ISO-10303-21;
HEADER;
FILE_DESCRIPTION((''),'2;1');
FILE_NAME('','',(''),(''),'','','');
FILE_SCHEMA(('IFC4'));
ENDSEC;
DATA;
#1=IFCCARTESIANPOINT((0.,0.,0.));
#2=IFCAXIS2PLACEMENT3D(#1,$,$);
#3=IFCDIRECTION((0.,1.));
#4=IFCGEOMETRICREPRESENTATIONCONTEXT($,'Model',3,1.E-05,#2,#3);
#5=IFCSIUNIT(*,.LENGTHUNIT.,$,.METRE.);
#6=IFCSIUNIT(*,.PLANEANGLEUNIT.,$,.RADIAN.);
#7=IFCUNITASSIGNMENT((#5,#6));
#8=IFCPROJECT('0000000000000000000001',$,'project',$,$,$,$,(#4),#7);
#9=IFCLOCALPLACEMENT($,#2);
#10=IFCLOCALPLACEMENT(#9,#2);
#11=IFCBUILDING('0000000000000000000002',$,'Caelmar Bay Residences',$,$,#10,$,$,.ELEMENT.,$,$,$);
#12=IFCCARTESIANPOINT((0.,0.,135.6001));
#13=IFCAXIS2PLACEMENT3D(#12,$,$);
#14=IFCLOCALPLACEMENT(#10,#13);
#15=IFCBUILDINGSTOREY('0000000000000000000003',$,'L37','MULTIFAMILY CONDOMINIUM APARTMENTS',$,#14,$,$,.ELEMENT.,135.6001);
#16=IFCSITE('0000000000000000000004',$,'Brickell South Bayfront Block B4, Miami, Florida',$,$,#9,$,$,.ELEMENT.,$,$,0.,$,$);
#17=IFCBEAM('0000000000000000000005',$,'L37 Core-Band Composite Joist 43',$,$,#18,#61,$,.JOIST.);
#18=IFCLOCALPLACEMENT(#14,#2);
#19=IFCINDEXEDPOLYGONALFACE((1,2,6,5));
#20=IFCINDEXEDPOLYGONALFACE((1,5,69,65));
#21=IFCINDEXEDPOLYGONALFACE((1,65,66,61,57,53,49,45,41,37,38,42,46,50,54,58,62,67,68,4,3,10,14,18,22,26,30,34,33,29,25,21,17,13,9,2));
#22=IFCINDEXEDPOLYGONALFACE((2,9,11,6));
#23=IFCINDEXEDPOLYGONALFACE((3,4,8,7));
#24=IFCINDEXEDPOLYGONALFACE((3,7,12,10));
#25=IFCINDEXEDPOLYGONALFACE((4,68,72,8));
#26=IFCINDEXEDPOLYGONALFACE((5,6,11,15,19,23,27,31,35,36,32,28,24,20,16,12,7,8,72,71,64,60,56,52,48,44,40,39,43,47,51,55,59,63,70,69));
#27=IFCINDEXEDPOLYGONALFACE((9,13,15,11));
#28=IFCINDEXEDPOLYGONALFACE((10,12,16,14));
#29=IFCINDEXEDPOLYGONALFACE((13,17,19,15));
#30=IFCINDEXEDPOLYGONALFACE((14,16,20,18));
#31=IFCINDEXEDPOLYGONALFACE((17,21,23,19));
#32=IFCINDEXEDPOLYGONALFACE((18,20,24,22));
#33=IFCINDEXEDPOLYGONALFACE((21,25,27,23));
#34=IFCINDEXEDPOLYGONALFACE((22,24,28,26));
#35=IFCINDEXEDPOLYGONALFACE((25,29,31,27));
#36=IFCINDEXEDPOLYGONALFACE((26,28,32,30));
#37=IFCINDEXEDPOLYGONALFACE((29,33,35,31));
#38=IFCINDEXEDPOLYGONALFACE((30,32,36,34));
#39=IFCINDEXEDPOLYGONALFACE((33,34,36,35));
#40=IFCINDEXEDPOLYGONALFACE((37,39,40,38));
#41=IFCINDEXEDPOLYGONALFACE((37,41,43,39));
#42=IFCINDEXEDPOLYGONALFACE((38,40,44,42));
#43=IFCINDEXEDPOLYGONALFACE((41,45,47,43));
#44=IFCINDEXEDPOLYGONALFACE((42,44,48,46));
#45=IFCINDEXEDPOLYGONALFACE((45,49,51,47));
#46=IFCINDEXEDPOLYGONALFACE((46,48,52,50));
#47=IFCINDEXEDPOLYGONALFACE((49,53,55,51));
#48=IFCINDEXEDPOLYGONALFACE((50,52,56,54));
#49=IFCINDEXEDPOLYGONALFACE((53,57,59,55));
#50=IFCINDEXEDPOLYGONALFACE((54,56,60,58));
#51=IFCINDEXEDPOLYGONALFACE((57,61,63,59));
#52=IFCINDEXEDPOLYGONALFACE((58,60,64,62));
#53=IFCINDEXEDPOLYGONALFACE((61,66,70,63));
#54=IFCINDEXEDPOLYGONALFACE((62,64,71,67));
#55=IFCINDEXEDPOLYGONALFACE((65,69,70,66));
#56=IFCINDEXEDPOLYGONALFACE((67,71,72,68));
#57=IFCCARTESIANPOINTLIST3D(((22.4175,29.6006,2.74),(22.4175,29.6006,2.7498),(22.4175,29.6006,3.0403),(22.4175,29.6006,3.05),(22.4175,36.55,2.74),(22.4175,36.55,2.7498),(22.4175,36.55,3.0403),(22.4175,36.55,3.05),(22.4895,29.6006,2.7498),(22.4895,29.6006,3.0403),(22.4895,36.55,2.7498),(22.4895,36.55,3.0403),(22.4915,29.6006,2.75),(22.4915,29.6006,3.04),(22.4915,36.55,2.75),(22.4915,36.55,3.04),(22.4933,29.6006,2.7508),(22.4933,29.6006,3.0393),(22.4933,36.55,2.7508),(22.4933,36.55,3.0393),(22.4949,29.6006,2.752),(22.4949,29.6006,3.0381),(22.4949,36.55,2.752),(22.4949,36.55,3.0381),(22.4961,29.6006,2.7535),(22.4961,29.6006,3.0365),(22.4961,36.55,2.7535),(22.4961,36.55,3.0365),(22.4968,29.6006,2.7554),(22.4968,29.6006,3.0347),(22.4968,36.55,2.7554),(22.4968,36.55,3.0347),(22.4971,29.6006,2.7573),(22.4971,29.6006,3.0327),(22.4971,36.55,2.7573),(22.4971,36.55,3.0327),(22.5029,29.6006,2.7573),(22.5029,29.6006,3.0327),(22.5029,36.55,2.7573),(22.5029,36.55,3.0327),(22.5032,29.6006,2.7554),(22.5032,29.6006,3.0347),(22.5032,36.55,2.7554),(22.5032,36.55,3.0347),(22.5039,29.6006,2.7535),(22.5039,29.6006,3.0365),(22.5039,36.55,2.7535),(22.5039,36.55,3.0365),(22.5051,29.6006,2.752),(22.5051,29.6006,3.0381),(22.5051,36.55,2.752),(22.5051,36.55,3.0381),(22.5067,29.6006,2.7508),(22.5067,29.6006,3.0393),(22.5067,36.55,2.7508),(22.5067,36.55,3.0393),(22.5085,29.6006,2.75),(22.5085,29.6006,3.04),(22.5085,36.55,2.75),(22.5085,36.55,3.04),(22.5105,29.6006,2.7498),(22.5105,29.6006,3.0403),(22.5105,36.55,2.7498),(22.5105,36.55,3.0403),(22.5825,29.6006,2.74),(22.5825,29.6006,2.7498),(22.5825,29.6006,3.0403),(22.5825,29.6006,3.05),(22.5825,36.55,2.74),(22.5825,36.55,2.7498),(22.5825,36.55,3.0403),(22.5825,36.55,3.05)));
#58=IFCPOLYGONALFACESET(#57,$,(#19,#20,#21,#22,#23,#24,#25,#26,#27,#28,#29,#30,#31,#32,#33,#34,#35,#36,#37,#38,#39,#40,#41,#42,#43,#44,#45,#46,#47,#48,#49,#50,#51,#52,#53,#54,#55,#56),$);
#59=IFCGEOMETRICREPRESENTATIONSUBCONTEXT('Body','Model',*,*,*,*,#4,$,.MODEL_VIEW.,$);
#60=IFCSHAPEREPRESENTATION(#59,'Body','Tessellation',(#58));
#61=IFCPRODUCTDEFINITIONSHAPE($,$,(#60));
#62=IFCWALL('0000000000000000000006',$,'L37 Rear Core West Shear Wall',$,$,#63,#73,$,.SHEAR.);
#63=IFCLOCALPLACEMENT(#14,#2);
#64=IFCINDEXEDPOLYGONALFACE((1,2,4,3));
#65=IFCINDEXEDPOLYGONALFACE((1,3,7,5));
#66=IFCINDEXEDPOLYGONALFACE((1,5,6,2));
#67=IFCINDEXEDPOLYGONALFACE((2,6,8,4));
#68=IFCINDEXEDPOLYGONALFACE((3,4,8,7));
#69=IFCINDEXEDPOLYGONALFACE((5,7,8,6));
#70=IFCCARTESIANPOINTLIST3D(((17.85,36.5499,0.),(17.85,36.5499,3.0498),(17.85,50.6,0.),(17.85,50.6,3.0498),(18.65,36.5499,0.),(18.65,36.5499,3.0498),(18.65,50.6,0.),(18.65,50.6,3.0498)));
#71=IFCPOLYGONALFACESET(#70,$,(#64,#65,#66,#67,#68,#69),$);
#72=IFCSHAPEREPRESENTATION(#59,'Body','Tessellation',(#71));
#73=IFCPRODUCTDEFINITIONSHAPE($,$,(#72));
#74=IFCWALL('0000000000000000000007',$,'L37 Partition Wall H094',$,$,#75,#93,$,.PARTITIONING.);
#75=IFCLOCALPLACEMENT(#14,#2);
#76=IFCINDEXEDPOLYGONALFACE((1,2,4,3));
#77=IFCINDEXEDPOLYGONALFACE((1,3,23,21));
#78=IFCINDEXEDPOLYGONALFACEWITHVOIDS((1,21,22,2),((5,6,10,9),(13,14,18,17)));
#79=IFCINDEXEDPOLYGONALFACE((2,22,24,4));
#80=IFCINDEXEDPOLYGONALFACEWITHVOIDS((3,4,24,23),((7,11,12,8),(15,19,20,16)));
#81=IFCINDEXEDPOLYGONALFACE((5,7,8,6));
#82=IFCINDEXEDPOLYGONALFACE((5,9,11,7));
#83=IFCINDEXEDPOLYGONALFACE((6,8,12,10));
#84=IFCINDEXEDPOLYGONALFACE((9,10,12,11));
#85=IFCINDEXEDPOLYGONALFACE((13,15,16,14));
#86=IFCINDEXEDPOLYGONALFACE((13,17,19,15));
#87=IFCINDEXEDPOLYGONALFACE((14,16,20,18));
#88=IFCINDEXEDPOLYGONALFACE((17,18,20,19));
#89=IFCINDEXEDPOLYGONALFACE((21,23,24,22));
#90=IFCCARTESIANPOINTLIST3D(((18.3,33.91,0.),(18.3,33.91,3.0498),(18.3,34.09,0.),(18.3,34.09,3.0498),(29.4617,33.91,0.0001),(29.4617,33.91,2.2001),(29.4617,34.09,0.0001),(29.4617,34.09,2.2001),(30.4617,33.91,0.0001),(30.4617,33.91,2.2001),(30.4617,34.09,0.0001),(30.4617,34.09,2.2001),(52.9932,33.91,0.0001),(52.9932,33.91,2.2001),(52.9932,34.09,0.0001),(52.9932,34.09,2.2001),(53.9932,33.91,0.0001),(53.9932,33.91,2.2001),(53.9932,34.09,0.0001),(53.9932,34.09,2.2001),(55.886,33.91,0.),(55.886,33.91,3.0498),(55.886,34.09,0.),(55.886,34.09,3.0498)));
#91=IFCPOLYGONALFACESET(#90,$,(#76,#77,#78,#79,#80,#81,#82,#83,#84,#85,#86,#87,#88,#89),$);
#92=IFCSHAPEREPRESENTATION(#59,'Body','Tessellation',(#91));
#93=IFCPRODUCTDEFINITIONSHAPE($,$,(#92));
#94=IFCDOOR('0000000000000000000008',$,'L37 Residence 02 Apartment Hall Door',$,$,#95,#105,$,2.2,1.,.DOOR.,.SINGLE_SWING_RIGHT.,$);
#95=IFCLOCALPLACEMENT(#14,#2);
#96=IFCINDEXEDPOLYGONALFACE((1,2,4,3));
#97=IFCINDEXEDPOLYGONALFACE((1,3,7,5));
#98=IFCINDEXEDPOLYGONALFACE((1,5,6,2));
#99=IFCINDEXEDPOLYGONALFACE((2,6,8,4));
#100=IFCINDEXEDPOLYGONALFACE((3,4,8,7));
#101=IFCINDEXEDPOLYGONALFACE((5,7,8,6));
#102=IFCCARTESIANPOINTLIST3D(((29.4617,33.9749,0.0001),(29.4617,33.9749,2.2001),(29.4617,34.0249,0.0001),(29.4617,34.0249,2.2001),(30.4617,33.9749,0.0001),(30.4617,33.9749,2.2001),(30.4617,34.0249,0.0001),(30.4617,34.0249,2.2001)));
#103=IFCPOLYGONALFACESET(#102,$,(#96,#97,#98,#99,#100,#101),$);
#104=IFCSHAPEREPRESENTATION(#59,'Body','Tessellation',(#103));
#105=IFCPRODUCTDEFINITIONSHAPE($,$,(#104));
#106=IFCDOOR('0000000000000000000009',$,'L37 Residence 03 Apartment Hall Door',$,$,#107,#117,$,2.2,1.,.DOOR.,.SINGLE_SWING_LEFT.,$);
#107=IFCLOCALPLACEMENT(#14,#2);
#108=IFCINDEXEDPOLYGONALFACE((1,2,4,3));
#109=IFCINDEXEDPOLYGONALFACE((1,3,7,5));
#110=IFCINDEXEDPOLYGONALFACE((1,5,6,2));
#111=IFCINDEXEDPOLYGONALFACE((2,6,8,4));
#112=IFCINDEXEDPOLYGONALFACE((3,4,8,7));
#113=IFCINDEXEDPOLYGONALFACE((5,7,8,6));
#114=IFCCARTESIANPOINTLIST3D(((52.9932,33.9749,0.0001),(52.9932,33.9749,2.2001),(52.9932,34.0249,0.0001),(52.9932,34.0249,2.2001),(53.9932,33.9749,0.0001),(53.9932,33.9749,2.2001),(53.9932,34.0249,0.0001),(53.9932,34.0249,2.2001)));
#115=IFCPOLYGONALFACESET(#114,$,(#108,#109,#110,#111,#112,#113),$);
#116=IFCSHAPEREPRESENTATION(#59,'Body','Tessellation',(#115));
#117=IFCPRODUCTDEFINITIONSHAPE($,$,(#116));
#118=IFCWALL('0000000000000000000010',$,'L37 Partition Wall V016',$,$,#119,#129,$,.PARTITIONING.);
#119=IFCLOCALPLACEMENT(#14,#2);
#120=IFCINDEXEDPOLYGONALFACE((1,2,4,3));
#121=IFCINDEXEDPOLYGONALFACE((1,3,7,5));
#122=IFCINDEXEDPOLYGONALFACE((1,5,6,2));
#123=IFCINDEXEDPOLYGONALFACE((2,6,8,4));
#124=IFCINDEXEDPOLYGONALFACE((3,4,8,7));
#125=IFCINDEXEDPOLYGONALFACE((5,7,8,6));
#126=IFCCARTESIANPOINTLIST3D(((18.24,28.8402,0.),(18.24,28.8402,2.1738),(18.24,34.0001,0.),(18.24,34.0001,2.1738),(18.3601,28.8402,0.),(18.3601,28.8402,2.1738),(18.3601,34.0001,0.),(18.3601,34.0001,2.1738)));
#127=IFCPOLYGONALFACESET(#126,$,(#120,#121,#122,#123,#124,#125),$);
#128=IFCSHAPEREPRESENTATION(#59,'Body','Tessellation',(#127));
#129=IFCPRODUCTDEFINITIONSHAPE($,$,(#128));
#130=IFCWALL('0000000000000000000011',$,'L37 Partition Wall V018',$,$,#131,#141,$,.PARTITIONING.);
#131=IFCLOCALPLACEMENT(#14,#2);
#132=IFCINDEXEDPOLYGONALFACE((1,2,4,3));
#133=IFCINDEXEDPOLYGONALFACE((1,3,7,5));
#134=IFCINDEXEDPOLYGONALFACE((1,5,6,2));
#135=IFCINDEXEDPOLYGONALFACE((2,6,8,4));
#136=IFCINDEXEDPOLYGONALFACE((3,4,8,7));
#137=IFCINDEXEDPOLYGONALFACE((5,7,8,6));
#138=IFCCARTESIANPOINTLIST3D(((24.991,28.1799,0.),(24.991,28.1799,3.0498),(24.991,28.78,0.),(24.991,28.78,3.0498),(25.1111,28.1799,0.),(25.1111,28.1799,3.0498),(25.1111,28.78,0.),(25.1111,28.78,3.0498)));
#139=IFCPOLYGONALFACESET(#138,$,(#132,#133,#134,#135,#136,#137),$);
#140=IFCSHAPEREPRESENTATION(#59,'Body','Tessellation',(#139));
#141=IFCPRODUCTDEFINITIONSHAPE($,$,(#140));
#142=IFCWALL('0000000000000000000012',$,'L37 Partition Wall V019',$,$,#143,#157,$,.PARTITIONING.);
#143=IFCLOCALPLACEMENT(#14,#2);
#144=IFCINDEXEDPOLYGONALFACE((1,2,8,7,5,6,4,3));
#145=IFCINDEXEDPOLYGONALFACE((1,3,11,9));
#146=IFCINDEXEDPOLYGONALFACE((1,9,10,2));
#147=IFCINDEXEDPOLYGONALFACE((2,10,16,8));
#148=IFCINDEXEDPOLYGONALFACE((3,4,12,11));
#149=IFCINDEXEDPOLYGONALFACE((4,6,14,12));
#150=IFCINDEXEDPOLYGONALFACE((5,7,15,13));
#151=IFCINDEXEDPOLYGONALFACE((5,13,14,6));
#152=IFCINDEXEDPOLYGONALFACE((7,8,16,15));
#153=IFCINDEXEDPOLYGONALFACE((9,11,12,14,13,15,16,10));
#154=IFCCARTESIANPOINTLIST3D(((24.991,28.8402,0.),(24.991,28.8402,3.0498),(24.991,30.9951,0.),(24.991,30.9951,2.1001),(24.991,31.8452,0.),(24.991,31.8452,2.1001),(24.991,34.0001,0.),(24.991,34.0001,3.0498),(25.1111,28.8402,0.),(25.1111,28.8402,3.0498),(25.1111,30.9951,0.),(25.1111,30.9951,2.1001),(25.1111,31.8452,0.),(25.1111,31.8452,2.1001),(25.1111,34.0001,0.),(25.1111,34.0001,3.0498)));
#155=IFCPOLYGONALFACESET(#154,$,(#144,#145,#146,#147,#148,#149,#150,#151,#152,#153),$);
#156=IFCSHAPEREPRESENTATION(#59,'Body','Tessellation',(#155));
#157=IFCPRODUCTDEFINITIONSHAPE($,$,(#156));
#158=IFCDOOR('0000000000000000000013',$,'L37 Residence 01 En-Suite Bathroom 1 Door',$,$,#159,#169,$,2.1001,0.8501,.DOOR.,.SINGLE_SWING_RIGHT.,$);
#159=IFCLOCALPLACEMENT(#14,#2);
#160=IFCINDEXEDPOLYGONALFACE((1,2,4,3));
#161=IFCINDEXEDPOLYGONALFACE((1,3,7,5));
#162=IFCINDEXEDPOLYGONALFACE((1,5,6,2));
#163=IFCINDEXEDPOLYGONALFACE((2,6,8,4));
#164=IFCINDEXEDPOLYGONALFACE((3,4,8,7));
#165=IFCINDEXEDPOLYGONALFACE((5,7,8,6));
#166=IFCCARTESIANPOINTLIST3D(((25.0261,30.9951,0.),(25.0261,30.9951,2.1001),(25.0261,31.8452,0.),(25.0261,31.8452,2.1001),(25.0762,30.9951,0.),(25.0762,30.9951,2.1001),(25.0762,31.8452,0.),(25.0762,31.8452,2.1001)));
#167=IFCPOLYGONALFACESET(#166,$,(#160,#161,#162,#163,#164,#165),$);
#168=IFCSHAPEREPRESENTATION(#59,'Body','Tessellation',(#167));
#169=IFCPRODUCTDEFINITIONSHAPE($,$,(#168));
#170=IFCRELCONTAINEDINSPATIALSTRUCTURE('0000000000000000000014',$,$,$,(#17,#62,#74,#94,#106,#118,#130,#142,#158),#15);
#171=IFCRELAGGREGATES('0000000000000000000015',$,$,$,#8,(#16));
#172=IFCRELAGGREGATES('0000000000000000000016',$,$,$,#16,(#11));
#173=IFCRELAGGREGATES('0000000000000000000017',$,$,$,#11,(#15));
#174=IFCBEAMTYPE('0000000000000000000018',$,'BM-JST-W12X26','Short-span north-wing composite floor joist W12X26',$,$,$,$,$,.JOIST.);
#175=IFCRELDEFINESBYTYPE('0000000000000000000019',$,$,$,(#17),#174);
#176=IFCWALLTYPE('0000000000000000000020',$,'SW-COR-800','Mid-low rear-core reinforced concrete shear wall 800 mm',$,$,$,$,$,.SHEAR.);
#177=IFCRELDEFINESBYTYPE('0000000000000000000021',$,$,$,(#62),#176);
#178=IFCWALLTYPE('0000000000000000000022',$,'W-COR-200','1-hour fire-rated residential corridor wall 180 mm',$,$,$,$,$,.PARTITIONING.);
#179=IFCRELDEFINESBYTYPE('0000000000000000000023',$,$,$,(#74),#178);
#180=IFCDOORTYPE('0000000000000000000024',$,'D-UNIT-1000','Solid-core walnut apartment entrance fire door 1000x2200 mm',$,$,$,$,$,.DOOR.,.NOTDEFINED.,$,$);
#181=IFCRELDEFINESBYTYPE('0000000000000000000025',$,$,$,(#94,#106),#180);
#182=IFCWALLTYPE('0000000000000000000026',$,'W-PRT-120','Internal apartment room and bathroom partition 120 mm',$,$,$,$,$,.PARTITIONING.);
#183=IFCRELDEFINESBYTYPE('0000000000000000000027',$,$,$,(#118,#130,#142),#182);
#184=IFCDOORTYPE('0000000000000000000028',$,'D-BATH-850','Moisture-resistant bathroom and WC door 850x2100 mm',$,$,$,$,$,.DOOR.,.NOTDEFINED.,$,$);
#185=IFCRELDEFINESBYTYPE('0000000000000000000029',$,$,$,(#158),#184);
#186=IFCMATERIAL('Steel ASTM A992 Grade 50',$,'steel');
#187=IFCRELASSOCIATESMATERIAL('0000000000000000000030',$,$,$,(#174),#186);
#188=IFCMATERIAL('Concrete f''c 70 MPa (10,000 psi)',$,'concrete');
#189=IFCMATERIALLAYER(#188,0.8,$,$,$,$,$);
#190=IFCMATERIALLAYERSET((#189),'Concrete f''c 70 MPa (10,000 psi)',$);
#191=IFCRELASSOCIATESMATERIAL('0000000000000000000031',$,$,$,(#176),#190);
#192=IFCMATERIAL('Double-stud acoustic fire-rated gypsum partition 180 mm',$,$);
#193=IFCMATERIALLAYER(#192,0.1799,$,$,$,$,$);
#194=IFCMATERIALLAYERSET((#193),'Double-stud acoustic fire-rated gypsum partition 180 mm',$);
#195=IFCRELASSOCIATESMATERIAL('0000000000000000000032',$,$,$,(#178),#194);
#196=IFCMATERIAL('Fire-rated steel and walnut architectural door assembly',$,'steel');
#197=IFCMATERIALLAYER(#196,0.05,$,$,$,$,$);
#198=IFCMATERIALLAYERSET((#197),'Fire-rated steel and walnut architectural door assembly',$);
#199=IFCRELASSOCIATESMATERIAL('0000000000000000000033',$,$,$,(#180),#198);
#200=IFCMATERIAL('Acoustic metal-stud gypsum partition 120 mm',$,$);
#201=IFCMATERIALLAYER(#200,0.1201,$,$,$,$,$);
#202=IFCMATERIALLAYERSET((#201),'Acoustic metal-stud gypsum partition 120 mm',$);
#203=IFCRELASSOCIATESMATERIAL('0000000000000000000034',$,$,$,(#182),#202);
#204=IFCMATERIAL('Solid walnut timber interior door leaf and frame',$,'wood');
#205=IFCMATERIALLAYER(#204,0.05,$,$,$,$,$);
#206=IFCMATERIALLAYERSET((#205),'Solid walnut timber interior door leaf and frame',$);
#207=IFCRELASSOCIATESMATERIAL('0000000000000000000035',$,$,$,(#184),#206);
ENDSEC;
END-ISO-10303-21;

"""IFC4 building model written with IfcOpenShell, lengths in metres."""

from ifc_helpers import new_model, si_unit, direction, frame, frame_2d, origin, origin_2d, place, context, subcontext, project, spatial, rectangle, i_section, extrude, material, layer, layer_set, material_profile, profile_set, type_object, element, fill, save


model = new_model("IFC4")

# Units and contexts
model_context = context("Model", 3, precision=1e-05, world=origin(), true_north=direction((0.0, 1.0)))
body_context = subcontext(model_context, "Body", "Model", "MODEL_VIEW")
ifc_project = project(units=[si_unit("LENGTHUNIT", "METRE"), si_unit("PLANEANGLEUNIT", "RADIAN")], contexts=[model_context])

# Site, building, storey
site_placement = place(None, origin())
site = spatial("IfcSite", under=ifc_project, at=site_placement, Name="Brickell South Bayfront Block B4, Miami, Florida", CompositionType="ELEMENT", RefElevation=0.0)
building_placement = place(site_placement, origin())
building = spatial("IfcBuilding", under=site, at=building_placement, Name="Caelmar Bay Residences", CompositionType="ELEMENT")
storey_placement = place(building_placement, frame((0.0, 0.0, 135.6001)))
storey = spatial("IfcBuildingStorey", under=building, at=storey_placement, Name="L37", Description="MULTIFAMILY CONDOMINIUM APARTMENTS", CompositionType="ELEMENT", Elevation=135.6001)

# Shared definitions
ifc_material_1 = material(Name="Concrete f'c 70 MPa (10,000 psi)", Category="concrete")

# Beam
ifc_material_2 = material(Name="Steel ASTM A992 Grade 50", Category="steel")
ifc_material_profile_1 = material_profile(ifc_material_2, i_section(OverallWidth=0.165, OverallDepth=0.3101, WebThickness=0.0059, FlangeThickness=0.0098, FilletRadius=0.0076, at=origin_2d()), Name="W12X26")
ifc_profile_set_1 = profile_set([ifc_material_profile_1], Name="Steel ASTM A992 Grade 50")
beam_type_1 = type_object("IfcBeamType", Name="BM-JST-W12X26", Description="Short-span north-wing composite floor joist W12X26", PredefinedType="JOIST", material=ifc_profile_set_1)
beam_1_placement = place(storey_placement, frame((22.5, 29.6006, 2.895), z_axis=(0.0, 1.0, 0.0), x_axis=(-1.0, 0.0, 0.0)))
element("IfcBeam", 1, at=beam_1_placement, inside=storey, type_object=beam_type_1, Name="L37 Core-Band Composite Joist 43", PredefinedType="JOIST", context=body_context, shape_type="SweptSolid", body=[
    extrude(i_section(OverallWidth=0.165, OverallDepth=0.3101, WebThickness=0.0059, FlangeThickness=0.0098, FilletRadius=0.0076, at=origin_2d()), origin(), (0.0, 0.0, 1.0), 6.9495),
])

# Shared definitions
ifc_layer_1 = layer(ifc_material_1, 0.8)
ifc_layer_set_1 = layer_set([ifc_layer_1], Name="Concrete f'c 70 MPa (10,000 psi)")
wall_type_1 = type_object("IfcWallType", Name="SW-COR-800", Description="Mid-low rear-core reinforced concrete shear wall 800 mm", PredefinedType="SHEAR", material=ifc_layer_set_1)
ifc_material_3 = material(Name="Fire-rated steel and walnut architectural door assembly", Category="steel")

# Wall
wall_1_placement = place(storey_placement, frame((18.25, 36.55, 0.0), z_axis=(0.0, 0.0, 1.0), x_axis=(0.0, 1.0, 0.0)))
element("IfcWall", 2, at=wall_1_placement, inside=storey, type_object=wall_type_1, Name="L37 Rear Core West Shear Wall", PredefinedType="SHEAR", context=body_context, shape_type="SweptSolid", body=[
    extrude(rectangle(XDim=14.05, YDim=0.8, at=frame_2d((7.0249, 0.0))), origin(), (0.0, 0.0, 1.0), 3.0498),
])

# Wall, openings, doors
ifc_material_4 = material(Name="Double-stud acoustic fire-rated gypsum partition 180 mm")
ifc_layer_2 = layer(ifc_material_4, 0.1799)
ifc_layer_set_2 = layer_set([ifc_layer_2], Name="Double-stud acoustic fire-rated gypsum partition 180 mm")
wall_type_2 = type_object("IfcWallType", Name="W-COR-200", Description="1-hour fire-rated residential corridor wall 180 mm", PredefinedType="PARTITIONING", material=ifc_layer_set_2)
wall_2_placement = place(storey_placement, frame((18.3, 34.0, 0.0), z_axis=(0.0, 0.0, 1.0), x_axis=(1.0, 0.0, 0.0)))
wall_2 = element("IfcWall", 3, at=wall_2_placement, inside=storey, type_object=wall_type_2, Name="L37 Partition Wall H094", PredefinedType="PARTITIONING", context=body_context, shape_type="SweptSolid", body=[
    extrude(rectangle(XDim=37.5859, YDim=0.1799, at=frame_2d((18.793, 0.0))), origin(), (0.0, 0.0, 1.0), 3.0498),
])
opening_1_placement = place(wall_2_placement, frame((11.1616, 0.0, 0.0)))
opening_1 = element("IfcOpeningElement", 4, at=opening_1_placement, cuts=wall_2, PredefinedType="OPENING", context=body_context, shape_type="SweptSolid", body=[
    extrude(rectangle(XDim=1.0, YDim=2.2, at=frame_2d((0.5, 1.1001))), frame((0.0, 0.0999, 0.0), z_axis=(0.0, -1.0, 0.0), x_axis=(1.0, 0.0, 0.0)), (0.0, 0.0, 1.0), 0.2),
])
opening_2_placement = place(wall_2_placement, frame((34.6931, 0.0, 0.0)))
opening_2 = element("IfcOpeningElement", 5, at=opening_2_placement, cuts=wall_2, PredefinedType="OPENING", context=body_context, shape_type="SweptSolid", body=[
    extrude(rectangle(XDim=1.0, YDim=2.2, at=frame_2d((0.5, 1.1001))), frame((0.0, 0.0999, 0.0), z_axis=(0.0, -1.0, 0.0), x_axis=(1.0, 0.0, 0.0)), (0.0, 0.0, 1.0), 0.2),
])
ifc_layer_3 = layer(ifc_material_3, 0.05)
ifc_layer_set_3 = layer_set([ifc_layer_3], Name="Fire-rated steel and walnut architectural door assembly")
door_type_1 = type_object("IfcDoorType", Name="D-UNIT-1000", Description="Solid-core walnut apartment entrance fire door 1000x2200 mm", OperationType="NOTDEFINED", PredefinedType="DOOR", material=ifc_layer_set_3)
door_1_placement = place(opening_1_placement, origin())
door_1 = element("IfcDoor", 6, at=door_1_placement, inside=storey, type_object=door_type_1, Name="L37 Residence 02 Apartment Hall Door", OperationType="SINGLE_SWING_RIGHT", OverallHeight=2.2, OverallWidth=1.0, PredefinedType="DOOR", context=body_context, shape_type="SweptSolid", body=[
    extrude(rectangle(XDim=1.0, YDim=2.2, at=frame_2d((0.5, 1.1001))), frame((0.0, 0.0249, 0.0), z_axis=(0.0, -1.0, 0.0), x_axis=(1.0, 0.0, 0.0)), (0.0, 0.0, 1.0), 0.05),
])
fill(opening_1, door_1)
door_2_placement = place(opening_2_placement, origin())
door_2 = element("IfcDoor", 7, at=door_2_placement, inside=storey, type_object=door_type_1, Name="L37 Residence 03 Apartment Hall Door", OperationType="SINGLE_SWING_LEFT", OverallHeight=2.2, OverallWidth=1.0, PredefinedType="DOOR", context=body_context, shape_type="SweptSolid", body=[
    extrude(rectangle(XDim=1.0, YDim=2.2, at=frame_2d((0.5, 1.1001))), frame((0.0, 0.0249, 0.0), z_axis=(0.0, -1.0, 0.0), x_axis=(1.0, 0.0, 0.0)), (0.0, 0.0, 1.0), 0.05),
])
fill(opening_2, door_2)

# Walls
ifc_material_5 = material(Name="Acoustic metal-stud gypsum partition 120 mm")
ifc_layer_4 = layer(ifc_material_5, 0.1201)
ifc_layer_set_4 = layer_set([ifc_layer_4], Name="Acoustic metal-stud gypsum partition 120 mm")
wall_type_3 = type_object("IfcWallType", Name="W-PRT-120", Description="Internal apartment room and bathroom partition 120 mm", PredefinedType="PARTITIONING", material=ifc_layer_set_4)
wall_3_placement = place(storey_placement, frame((18.3, 28.8401, 0.0), z_axis=(0.0, 0.0, 1.0), x_axis=(0.0, 1.0, 0.0)))
element("IfcWall", 8, at=wall_3_placement, inside=storey, type_object=wall_type_3, Name="L37 Partition Wall V016", PredefinedType="PARTITIONING", context=body_context, shape_type="SweptSolid", body=[
    extrude(rectangle(XDim=5.1599, YDim=0.1201, at=frame_2d((2.5801, 0.0))), origin(), (0.0, 0.0, 1.0), 2.1738),
])
wall_4_placement = place(storey_placement, frame((25.051, 28.1799, 0.0), z_axis=(0.0, 0.0, 1.0), x_axis=(0.0, 1.0, 0.0)))
element("IfcWall", 9, at=wall_4_placement, inside=storey, type_object=wall_type_3, Name="L37 Partition Wall V018", PredefinedType="PARTITIONING", context=body_context, shape_type="SweptSolid", body=[
    extrude(rectangle(XDim=0.6001, YDim=0.1201, at=frame_2d((0.3, 0.0))), origin(), (0.0, 0.0, 1.0), 3.0498),
])

# Wall, opening, door
wall_5_placement = place(storey_placement, frame((25.051, 28.8401, 0.0), z_axis=(0.0, 0.0, 1.0), x_axis=(0.0, 1.0, 0.0)))
wall_5 = element("IfcWall", 10, at=wall_5_placement, inside=storey, type_object=wall_type_3, Name="L37 Partition Wall V019", PredefinedType="PARTITIONING", context=body_context, shape_type="SweptSolid", body=[
    extrude(rectangle(XDim=5.1599, YDim=0.1201, at=frame_2d((2.5801, 0.0))), origin(), (0.0, 0.0, 1.0), 3.0498),
])
opening_3_placement = place(wall_5_placement, frame((2.155, 0.0, 0.0)))
opening_3 = element("IfcOpeningElement", 11, at=opening_3_placement, cuts=wall_5, PredefinedType="OPENING", context=body_context, shape_type="SweptSolid", body=[
    extrude(rectangle(XDim=0.8501, YDim=2.1001, at=frame_2d((0.425, 1.05))), frame((0.0, 0.0701, 0.0), z_axis=(0.0, -1.0, 0.0), x_axis=(1.0, 0.0, 0.0)), (0.0, 0.0, 1.0), 0.1401),
])
ifc_material_6 = material(Name="Solid walnut timber interior door leaf and frame", Category="wood")
ifc_layer_5 = layer(ifc_material_6, 0.05)
ifc_layer_set_5 = layer_set([ifc_layer_5], Name="Solid walnut timber interior door leaf and frame")
door_type_2 = type_object("IfcDoorType", Name="D-BATH-850", Description="Moisture-resistant bathroom and WC door 850x2100 mm", OperationType="NOTDEFINED", PredefinedType="DOOR", material=ifc_layer_set_5)
door_3_placement = place(opening_3_placement, origin())
door_3 = element("IfcDoor", 12, at=door_3_placement, inside=storey, type_object=door_type_2, Name="L37 Residence 01 En-Suite Bathroom 1 Door", OperationType="SINGLE_SWING_RIGHT", OverallHeight=2.1001, OverallWidth=0.8501, PredefinedType="DOOR", context=body_context, shape_type="SweptSolid", body=[
    extrude(rectangle(XDim=0.8501, YDim=2.1001, at=frame_2d((0.425, 1.05))), frame((0.0, 0.0249, 0.0), z_axis=(0.0, -1.0, 0.0), x_axis=(1.0, 0.0, 0.0)), (0.0, 0.0, 1.0), 0.05),
])
fill(opening_3, door_3)

save(model, "model.ifc")
